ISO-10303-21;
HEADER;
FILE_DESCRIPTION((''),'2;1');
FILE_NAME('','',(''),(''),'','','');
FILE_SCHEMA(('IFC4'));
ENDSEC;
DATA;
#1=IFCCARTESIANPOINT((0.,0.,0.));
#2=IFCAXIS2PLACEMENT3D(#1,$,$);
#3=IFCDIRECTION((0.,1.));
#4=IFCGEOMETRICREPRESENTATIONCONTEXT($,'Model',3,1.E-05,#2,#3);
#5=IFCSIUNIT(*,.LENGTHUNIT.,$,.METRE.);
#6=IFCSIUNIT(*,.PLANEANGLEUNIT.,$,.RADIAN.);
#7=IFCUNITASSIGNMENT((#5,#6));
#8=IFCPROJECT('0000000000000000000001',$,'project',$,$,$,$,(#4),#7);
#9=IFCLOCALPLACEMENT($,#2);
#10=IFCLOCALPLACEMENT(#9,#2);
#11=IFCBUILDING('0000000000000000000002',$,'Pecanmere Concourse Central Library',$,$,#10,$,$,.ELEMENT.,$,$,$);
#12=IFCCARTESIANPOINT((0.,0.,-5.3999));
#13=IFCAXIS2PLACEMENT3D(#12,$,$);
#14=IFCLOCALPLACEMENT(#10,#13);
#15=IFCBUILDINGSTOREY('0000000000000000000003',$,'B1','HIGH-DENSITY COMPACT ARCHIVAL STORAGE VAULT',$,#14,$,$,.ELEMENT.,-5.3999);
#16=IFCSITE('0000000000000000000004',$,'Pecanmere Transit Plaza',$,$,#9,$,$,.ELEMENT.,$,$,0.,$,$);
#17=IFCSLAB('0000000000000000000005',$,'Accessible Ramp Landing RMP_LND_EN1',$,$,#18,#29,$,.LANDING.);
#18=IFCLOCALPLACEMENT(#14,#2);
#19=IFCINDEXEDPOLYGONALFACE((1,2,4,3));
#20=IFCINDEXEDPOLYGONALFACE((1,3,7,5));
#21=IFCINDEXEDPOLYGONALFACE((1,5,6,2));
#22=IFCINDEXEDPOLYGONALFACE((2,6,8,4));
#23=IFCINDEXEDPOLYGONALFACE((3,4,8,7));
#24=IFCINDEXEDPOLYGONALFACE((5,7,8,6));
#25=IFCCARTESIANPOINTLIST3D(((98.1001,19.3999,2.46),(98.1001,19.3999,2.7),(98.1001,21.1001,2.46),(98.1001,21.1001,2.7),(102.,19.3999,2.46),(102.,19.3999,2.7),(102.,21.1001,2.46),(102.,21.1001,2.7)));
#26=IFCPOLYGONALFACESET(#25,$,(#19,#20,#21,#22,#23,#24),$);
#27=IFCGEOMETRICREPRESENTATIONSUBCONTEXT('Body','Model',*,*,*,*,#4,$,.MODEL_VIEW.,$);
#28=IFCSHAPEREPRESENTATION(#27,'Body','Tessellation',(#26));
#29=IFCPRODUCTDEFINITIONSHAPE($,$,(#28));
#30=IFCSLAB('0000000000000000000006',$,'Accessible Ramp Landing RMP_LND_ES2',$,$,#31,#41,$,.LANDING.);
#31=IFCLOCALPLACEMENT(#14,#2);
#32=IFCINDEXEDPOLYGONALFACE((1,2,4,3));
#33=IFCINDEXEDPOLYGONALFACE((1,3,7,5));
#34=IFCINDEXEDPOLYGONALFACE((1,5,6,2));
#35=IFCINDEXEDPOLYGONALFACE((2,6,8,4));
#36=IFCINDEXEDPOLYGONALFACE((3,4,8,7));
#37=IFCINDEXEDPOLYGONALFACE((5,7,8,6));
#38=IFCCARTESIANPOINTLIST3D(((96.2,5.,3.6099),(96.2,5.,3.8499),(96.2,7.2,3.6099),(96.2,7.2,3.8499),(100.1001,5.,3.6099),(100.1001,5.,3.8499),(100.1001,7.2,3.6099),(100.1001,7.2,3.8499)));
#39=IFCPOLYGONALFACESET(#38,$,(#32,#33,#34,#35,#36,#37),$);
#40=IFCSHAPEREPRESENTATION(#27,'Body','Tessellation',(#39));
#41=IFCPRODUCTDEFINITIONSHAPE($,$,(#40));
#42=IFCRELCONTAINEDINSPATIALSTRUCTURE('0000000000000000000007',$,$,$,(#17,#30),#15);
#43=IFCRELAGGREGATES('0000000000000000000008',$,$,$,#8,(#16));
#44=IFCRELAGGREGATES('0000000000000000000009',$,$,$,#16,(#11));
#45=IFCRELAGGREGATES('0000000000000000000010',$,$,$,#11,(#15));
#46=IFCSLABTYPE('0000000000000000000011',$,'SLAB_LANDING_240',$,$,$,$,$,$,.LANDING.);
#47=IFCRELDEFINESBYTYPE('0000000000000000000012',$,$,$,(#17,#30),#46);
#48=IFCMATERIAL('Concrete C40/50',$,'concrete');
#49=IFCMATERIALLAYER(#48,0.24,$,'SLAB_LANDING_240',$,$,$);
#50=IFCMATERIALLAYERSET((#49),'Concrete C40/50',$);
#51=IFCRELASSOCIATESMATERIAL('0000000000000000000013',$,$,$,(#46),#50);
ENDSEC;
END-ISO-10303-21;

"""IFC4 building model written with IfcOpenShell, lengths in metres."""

from ifc_helpers import new_model, si_unit, direction, frame, origin, place, context, subcontext, project, spatial, polyline, outline, extrude, material, layer, layer_set, type_object, element, save


model = new_model("IFC4")

# Units and contexts
model_context = context("Model", 3, precision=1e-05, world=origin(), true_north=direction((0.0, 1.0)))
body_context = subcontext(model_context, "Body", "Model", "MODEL_VIEW")
ifc_project = project(units=[si_unit("LENGTHUNIT", "METRE"), si_unit("PLANEANGLEUNIT", "RADIAN")], contexts=[model_context])

# Site, building, storey
site_placement = place(None, origin())
site = spatial("IfcSite", under=ifc_project, at=site_placement, Name="Pecanmere Transit Plaza", CompositionType="ELEMENT", RefElevation=0.0)
building_placement = place(site_placement, origin())
building = spatial("IfcBuilding", under=site, at=building_placement, Name="Pecanmere Concourse Central Library", CompositionType="ELEMENT")
storey_placement = place(building_placement, frame((0.0, 0.0, -5.3999)))
storey = spatial("IfcBuildingStorey", under=building, at=storey_placement, Name="B1", Description="HIGH-DENSITY COMPACT ARCHIVAL STORAGE VAULT", CompositionType="ELEMENT", Elevation=-5.3999)

# Shared definitions
ifc_material_1 = material(Name="Concrete C40/50", Category="concrete")
ifc_layer_1 = layer(ifc_material_1, 0.24, Name="SLAB_LANDING_240")
ifc_layer_set_1 = layer_set([ifc_layer_1], Name="Concrete C40/50")
slab_type_1 = type_object("IfcSlabType", Name="SLAB_LANDING_240", PredefinedType="LANDING", material=ifc_layer_set_1)

# Slabs
slab_1_placement = place(storey_placement, frame((0.0, 0.0, 2.46)))
element("IfcSlab", 1, at=slab_1_placement, inside=storey, type_object=slab_type_1, Name="Accessible Ramp Landing RMP_LND_EN1", PredefinedType="LANDING", context=body_context, shape_type="SweptSolid", body=[
    extrude(outline(polyline([(98.1001, 19.3999), (102.0, 19.3999), (102.0, 21.1001), (98.1001, 21.1001), (98.1001, 19.3999)])), origin(), (0.0, 0.0, 1.0), 0.24),
])
slab_2_placement = place(storey_placement, frame((0.0, 0.0, 3.6099)))
element("IfcSlab", 2, at=slab_2_placement, inside=storey, type_object=slab_type_1, Name="Accessible Ramp Landing RMP_LND_ES2", PredefinedType="LANDING", context=body_context, shape_type="SweptSolid", body=[
    extrude(outline(polyline([(96.2, 5.0), (100.1001, 5.0), (100.1001, 7.2), (96.2, 7.2), (96.2, 5.0)])), origin(), (0.0, 0.0, 1.0), 0.24),
])

save(model, "model.ifc")
